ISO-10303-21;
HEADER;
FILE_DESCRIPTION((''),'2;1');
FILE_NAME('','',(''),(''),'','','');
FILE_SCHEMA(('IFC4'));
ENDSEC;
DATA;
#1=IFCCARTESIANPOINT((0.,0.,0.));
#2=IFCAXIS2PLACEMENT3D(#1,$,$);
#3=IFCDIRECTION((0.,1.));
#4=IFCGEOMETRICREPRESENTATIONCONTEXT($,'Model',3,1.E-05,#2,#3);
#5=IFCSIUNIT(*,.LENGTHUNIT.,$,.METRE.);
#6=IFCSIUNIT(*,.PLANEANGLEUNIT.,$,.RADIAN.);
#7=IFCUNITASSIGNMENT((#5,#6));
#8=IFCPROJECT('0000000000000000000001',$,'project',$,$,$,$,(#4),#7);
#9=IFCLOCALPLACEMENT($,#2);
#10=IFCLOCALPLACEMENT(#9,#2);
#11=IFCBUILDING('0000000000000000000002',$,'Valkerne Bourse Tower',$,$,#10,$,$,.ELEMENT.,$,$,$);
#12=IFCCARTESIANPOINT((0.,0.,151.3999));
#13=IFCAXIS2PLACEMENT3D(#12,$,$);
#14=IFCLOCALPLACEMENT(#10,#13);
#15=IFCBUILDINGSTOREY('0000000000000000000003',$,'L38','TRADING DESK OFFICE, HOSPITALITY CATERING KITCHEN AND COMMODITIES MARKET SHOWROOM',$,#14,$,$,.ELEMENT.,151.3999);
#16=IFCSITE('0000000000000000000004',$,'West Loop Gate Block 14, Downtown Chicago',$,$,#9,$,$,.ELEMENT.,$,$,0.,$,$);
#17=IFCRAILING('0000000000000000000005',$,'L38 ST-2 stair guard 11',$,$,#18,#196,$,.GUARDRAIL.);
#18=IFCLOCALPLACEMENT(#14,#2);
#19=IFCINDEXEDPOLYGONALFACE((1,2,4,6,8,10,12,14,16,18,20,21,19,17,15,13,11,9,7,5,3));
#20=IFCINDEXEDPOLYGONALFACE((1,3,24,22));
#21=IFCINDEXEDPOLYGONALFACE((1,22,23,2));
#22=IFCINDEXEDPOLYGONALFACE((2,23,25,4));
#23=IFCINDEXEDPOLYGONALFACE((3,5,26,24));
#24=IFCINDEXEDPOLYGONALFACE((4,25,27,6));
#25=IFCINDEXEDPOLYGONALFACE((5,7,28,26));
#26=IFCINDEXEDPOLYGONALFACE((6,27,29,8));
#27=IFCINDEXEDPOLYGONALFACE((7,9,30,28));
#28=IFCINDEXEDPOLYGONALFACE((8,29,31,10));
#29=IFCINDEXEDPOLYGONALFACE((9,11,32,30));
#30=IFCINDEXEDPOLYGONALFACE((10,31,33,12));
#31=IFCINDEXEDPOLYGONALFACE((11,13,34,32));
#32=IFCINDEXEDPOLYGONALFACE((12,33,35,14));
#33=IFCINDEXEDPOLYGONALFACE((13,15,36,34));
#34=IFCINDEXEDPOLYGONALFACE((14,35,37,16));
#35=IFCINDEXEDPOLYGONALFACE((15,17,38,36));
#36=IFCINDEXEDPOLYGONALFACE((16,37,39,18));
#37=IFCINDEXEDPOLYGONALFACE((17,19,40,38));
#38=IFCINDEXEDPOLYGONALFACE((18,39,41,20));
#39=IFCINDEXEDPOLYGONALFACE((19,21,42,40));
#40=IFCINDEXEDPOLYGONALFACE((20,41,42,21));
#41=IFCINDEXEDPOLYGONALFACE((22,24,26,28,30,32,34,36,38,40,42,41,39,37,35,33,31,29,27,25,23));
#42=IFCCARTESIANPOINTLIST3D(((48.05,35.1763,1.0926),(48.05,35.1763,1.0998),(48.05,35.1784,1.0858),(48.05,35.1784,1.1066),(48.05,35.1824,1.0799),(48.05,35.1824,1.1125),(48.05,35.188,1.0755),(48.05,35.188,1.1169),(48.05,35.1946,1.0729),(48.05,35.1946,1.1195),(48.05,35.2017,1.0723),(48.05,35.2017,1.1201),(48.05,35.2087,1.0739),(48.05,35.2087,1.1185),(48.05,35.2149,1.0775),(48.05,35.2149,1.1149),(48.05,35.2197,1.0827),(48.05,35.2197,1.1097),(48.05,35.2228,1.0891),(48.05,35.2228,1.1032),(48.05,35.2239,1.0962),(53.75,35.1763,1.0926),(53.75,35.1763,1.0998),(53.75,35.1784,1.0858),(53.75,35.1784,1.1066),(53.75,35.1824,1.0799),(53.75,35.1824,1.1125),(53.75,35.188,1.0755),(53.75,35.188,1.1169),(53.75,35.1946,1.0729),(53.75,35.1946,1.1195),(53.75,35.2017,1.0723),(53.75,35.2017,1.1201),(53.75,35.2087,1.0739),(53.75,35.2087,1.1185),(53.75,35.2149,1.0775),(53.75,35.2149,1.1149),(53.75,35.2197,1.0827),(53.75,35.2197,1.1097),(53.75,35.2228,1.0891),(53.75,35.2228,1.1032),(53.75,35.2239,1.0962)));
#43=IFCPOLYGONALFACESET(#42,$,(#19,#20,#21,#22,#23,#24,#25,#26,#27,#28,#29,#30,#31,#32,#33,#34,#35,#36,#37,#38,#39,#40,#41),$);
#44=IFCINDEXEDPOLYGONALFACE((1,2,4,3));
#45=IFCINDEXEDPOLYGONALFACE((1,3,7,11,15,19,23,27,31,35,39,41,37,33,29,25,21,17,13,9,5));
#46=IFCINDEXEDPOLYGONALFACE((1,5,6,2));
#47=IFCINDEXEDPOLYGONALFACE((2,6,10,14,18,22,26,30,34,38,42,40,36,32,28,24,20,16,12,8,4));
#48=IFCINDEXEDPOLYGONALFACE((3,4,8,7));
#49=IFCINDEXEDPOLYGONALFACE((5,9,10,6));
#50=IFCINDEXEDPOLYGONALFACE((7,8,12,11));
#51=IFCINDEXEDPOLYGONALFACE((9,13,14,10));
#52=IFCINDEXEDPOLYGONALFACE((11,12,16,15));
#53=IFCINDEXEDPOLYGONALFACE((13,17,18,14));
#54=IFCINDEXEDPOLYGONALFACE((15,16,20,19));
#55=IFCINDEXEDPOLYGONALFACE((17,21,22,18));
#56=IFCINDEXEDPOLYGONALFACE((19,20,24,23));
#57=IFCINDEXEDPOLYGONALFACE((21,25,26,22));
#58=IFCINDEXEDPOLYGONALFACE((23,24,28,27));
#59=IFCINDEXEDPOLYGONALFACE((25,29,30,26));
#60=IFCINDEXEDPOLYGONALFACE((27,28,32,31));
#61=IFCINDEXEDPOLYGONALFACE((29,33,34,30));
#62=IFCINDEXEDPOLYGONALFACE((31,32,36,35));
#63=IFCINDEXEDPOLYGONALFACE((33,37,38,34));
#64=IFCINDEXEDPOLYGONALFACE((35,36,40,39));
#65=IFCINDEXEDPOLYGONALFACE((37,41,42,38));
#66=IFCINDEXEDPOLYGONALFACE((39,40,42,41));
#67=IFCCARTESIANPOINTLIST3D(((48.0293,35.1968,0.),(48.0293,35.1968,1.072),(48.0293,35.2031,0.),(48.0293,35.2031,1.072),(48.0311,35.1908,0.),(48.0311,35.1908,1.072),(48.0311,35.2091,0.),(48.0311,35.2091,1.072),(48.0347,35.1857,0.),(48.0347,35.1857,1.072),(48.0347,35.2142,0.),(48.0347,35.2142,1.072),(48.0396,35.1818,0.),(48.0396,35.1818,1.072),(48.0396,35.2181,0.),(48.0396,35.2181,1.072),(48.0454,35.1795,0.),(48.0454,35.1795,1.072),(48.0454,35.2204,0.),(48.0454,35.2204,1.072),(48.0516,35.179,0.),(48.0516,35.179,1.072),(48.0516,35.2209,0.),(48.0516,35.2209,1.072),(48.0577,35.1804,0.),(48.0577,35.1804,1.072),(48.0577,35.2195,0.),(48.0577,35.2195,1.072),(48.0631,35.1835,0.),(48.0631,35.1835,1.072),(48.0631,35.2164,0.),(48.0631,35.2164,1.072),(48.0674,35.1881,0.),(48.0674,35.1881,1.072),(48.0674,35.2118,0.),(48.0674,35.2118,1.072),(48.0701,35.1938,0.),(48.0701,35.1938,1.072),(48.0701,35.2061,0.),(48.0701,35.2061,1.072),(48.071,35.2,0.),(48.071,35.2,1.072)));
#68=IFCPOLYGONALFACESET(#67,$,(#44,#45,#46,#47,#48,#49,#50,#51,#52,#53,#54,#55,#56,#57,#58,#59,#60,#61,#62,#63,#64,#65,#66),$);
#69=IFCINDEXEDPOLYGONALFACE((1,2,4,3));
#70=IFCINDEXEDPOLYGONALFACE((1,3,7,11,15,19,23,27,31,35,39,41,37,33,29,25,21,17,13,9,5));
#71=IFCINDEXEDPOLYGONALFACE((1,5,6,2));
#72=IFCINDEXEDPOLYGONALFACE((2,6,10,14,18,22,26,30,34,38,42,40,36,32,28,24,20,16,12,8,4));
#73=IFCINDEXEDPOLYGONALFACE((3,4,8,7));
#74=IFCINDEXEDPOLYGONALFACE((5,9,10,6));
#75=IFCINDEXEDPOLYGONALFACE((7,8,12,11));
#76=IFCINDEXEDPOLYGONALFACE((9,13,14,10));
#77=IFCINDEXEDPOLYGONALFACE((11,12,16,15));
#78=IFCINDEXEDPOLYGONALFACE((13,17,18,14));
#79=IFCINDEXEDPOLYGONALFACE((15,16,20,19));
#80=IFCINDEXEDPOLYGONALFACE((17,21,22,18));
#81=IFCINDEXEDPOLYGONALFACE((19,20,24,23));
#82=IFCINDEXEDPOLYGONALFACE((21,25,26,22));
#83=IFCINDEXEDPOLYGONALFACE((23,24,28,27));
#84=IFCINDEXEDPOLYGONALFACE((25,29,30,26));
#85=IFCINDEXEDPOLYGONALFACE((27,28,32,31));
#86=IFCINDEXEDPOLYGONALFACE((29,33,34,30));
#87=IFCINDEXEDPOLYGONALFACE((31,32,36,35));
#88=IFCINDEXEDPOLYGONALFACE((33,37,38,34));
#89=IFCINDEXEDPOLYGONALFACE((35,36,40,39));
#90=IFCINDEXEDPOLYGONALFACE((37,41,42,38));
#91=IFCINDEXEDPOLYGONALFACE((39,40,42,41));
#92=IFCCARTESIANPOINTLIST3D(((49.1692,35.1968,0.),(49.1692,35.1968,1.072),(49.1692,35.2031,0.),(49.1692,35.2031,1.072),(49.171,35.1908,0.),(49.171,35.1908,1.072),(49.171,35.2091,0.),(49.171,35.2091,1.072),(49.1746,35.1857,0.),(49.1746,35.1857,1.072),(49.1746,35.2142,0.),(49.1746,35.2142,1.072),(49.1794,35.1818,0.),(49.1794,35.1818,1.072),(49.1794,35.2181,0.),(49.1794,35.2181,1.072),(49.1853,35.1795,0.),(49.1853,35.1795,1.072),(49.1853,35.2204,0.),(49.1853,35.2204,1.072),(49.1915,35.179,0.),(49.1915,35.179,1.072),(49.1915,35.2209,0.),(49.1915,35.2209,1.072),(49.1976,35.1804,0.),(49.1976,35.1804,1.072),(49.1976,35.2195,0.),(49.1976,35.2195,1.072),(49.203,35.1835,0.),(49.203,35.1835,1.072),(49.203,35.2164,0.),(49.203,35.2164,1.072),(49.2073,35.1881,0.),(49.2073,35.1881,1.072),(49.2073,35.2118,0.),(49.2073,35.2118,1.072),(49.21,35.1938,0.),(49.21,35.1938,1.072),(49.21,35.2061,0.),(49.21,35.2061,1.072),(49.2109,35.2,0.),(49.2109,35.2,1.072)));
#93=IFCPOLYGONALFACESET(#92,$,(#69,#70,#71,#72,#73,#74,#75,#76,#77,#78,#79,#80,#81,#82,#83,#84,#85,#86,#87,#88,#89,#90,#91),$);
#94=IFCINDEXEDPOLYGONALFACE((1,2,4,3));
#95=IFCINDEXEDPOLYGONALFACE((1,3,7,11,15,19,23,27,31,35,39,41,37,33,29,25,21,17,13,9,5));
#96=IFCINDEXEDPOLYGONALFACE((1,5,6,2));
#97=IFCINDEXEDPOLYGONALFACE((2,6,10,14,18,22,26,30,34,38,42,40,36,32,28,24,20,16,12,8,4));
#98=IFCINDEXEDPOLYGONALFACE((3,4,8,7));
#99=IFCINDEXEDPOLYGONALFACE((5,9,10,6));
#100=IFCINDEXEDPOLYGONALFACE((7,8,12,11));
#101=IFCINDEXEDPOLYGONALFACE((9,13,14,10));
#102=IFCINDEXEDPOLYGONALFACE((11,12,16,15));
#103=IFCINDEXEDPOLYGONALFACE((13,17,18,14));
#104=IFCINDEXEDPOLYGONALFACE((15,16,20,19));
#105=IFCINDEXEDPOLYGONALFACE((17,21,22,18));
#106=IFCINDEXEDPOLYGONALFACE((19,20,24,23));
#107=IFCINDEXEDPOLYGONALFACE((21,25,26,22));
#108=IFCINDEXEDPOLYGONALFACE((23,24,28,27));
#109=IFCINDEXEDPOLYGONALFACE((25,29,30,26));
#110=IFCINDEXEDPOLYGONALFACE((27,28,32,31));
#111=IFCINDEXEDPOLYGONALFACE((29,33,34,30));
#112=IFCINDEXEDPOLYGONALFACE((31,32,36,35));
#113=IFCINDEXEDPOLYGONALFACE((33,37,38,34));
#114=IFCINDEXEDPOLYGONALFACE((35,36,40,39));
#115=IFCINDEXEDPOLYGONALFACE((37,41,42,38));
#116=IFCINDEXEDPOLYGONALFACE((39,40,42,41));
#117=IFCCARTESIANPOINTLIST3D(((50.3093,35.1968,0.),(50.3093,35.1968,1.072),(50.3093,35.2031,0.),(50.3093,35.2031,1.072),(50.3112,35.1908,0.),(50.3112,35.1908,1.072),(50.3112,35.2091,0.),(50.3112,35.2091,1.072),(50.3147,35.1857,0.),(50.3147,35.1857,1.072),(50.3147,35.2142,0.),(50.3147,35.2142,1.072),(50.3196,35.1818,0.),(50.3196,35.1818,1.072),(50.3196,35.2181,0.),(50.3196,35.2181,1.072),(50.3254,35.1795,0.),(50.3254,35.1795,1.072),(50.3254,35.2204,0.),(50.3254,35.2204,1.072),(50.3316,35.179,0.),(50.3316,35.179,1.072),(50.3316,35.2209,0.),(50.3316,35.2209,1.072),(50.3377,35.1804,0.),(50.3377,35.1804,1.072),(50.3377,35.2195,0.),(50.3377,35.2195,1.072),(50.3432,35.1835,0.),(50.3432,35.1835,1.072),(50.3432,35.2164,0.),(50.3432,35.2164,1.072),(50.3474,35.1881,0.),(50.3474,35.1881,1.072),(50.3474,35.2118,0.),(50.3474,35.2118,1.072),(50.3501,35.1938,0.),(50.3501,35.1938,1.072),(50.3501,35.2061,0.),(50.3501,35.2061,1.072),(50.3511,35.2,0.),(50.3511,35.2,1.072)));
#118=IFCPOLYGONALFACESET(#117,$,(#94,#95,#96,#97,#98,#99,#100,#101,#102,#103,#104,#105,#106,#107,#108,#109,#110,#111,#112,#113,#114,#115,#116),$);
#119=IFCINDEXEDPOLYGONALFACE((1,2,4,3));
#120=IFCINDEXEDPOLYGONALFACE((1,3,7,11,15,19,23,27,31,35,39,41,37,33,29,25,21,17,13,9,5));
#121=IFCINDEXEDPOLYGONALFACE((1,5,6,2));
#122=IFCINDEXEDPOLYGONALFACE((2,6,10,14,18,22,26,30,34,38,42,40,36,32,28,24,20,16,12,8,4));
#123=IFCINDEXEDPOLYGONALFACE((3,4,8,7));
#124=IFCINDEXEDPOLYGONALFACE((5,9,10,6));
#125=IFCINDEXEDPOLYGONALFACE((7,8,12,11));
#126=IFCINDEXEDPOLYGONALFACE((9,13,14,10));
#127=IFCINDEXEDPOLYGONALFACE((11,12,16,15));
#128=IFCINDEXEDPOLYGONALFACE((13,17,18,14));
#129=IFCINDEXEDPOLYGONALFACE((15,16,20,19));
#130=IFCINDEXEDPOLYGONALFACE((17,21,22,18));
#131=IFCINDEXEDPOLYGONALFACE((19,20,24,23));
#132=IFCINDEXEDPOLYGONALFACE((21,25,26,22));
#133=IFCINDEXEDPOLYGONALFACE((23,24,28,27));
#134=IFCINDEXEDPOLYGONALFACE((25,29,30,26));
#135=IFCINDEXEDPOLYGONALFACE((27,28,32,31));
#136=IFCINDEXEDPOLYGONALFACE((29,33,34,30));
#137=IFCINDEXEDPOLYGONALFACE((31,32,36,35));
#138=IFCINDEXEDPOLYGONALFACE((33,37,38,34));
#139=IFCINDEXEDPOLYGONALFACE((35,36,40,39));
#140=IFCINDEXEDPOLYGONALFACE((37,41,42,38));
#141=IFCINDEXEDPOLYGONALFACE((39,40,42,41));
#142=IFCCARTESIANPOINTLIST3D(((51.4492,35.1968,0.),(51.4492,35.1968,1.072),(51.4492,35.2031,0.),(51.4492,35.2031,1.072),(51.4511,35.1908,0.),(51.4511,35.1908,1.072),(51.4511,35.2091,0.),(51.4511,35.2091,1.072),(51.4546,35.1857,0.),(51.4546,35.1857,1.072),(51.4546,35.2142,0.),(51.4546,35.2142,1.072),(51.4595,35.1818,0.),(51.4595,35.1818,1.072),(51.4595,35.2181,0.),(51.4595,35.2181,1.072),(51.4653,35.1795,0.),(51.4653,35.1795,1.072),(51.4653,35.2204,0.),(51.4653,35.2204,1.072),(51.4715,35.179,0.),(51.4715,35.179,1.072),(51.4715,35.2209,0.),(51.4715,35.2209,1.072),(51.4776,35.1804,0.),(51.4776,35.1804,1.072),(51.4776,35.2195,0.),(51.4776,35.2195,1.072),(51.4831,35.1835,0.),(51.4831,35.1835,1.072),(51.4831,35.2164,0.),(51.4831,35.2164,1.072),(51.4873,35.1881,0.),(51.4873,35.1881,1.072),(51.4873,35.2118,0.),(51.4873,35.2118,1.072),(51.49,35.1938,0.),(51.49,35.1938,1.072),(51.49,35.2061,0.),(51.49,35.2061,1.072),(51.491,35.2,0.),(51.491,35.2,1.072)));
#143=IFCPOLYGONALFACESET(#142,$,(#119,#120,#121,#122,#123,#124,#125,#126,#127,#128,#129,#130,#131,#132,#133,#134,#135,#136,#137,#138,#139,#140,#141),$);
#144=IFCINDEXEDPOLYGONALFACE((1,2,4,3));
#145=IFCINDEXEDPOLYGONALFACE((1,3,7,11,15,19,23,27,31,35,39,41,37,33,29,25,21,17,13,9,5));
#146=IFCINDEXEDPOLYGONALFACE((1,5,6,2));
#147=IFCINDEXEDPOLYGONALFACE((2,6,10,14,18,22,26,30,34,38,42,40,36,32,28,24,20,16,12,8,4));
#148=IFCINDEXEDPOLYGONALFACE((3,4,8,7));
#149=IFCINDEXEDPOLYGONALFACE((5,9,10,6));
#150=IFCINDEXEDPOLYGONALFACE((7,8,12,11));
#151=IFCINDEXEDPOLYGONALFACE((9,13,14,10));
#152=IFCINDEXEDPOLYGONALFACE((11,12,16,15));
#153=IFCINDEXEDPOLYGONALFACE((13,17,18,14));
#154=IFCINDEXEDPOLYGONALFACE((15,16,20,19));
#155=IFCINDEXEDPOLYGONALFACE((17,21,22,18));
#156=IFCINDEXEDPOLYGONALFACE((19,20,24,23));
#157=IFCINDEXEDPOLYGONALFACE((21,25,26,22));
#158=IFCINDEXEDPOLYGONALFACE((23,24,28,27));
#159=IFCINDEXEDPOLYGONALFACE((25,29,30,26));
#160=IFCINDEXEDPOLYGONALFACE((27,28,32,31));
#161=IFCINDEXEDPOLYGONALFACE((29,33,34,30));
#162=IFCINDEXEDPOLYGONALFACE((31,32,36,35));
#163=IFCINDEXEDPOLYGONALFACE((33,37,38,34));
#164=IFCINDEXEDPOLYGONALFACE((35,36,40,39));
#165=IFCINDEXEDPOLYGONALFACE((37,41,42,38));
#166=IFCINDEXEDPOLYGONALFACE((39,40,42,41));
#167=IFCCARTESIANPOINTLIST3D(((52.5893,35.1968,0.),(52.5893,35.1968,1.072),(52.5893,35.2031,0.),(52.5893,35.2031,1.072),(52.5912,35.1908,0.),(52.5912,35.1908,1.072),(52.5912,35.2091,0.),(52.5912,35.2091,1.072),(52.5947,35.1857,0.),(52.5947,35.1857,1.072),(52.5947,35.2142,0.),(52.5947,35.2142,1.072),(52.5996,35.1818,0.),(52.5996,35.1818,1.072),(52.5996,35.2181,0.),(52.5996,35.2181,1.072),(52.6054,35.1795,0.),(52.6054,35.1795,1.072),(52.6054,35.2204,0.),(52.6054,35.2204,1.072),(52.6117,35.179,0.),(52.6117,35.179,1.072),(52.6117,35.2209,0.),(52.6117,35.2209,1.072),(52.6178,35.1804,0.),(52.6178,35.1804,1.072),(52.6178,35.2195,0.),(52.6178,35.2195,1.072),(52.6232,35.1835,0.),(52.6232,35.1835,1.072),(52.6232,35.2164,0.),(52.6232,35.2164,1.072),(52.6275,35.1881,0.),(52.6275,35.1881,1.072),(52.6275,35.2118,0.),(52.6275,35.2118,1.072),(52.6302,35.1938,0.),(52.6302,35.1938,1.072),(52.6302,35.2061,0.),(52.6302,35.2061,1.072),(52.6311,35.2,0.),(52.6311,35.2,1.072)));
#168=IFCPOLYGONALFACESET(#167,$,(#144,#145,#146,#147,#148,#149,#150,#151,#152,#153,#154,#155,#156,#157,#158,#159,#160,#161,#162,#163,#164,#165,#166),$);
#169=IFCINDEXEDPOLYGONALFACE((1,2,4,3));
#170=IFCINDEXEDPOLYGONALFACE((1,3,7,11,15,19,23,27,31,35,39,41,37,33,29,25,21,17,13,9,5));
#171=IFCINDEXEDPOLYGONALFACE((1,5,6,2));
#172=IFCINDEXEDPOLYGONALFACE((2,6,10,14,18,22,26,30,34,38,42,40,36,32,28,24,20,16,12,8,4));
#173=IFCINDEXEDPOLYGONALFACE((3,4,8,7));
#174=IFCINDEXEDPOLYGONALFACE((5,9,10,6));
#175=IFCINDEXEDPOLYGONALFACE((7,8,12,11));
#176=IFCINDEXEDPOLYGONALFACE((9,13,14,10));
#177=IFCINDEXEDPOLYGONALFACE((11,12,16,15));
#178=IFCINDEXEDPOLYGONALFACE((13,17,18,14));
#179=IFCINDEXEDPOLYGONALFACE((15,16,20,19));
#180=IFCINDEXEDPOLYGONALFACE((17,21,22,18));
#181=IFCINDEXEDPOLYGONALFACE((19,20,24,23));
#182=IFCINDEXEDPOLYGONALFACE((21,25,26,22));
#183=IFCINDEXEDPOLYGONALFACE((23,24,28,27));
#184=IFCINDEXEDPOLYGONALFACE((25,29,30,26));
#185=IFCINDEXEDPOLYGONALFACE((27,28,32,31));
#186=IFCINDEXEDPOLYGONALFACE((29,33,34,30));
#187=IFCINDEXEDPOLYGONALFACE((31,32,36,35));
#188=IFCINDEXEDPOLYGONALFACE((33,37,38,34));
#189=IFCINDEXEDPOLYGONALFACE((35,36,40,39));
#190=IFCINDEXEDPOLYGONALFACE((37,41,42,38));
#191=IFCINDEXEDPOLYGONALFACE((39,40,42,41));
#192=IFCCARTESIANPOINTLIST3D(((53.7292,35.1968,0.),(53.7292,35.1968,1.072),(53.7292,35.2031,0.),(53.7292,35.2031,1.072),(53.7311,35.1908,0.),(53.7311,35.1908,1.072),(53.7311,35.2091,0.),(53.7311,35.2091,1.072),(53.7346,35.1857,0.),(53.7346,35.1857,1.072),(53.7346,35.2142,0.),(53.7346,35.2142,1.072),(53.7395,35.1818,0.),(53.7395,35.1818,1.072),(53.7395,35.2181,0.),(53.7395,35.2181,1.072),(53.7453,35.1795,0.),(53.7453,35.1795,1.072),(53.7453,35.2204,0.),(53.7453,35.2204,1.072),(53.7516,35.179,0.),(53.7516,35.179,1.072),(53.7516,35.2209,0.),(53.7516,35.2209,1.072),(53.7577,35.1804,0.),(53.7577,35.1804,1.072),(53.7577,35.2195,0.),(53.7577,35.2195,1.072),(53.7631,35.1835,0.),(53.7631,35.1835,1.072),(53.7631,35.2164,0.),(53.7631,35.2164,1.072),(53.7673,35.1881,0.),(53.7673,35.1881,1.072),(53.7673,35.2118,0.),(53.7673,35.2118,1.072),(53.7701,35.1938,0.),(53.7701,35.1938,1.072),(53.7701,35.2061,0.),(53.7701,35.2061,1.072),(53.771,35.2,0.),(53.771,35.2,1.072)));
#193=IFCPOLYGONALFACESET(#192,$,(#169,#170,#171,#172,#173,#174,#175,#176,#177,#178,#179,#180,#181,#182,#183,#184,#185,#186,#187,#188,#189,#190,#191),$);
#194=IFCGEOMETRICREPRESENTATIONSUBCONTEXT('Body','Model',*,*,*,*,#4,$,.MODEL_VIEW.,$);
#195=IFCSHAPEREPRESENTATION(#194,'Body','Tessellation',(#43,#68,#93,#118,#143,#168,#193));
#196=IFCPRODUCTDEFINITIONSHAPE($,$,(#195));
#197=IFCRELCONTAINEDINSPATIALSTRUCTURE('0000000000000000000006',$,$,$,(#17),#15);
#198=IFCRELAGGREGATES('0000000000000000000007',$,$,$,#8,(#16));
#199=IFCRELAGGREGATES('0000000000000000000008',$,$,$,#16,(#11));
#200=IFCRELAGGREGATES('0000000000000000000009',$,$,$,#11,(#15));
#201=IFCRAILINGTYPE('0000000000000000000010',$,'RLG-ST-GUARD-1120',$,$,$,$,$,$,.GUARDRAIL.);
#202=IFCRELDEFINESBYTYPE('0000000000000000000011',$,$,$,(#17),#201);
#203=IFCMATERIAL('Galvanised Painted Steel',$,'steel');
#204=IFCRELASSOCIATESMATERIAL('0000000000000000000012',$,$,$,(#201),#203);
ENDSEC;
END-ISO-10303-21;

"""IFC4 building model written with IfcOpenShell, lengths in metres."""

from ifc_helpers import new_model, si_unit, direction, frame, origin, origin_2d, place, context, subcontext, project, spatial, circle, extrude, material, type_object, element, save


model = new_model("IFC4")

# Units and contexts
model_context = context("Model", 3, precision=1e-05, world=origin(), true_north=direction((0.0, 1.0)))
body_context = subcontext(model_context, "Body", "Model", "MODEL_VIEW")
ifc_project = project(units=[si_unit("LENGTHUNIT", "METRE"), si_unit("PLANEANGLEUNIT", "RADIAN")], contexts=[model_context])

# Site, building, storey
site_placement = place(None, origin())
site = spatial("IfcSite", under=ifc_project, at=site_placement, Name="West Loop Gate Block 14, Downtown Chicago", CompositionType="ELEMENT", RefElevation=0.0)
building_placement = place(site_placement, origin())
building = spatial("IfcBuilding", under=site, at=building_placement, Name="Valkerne Bourse Tower", CompositionType="ELEMENT")
storey_placement = place(building_placement, frame((0.0, 0.0, 151.3999)))
storey = spatial("IfcBuildingStorey", under=building, at=storey_placement, Name="L38", Description="TRADING DESK OFFICE, HOSPITALITY CATERING KITCHEN AND COMMODITIES MARKET SHOWROOM", CompositionType="ELEMENT", Elevation=151.3999)

# Shared definitions
ifc_material_1 = material(Name="Galvanised Painted Steel", Category="steel")

# Railing
railing_type_1 = type_object("IfcRailingType", Name="RLG-ST-GUARD-1120", PredefinedType="GUARDRAIL", material=ifc_material_1)
for number, where, name in (
    (1, (48.05, 35.2, 0.0), "L38 ST-2 stair guard 11"),
):
    element("IfcRailing", number, at=place(storey_placement, frame(where)), inside=storey, type_object=railing_type_1, Name=name, PredefinedType="GUARDRAIL", context=body_context, shape_type="SweptSolid", body=[
        extrude(circle(Radius=0.0239, at=origin_2d()), frame((0.0, 0.0, 1.0962), z_axis=(1.0, 0.0, 0.0), x_axis=(0.0, 1.0, 0.0)), (0.0, 0.0, 1.0), 5.7),
        extrude(circle(Radius=0.021, at=origin_2d()), origin(), (0.0, 0.0, 1.0), 1.072),
        extrude(circle(Radius=0.021, at=origin_2d()), frame((1.1399, 0.0, 0.0)), (0.0, 0.0, 1.0), 1.072),
        extrude(circle(Radius=0.021, at=origin_2d()), frame((2.28, 0.0, 0.0)), (0.0, 0.0, 1.0), 1.072),
        extrude(circle(Radius=0.021, at=origin_2d()), frame((3.4199, 0.0, 0.0)), (0.0, 0.0, 1.0), 1.072),
        extrude(circle(Radius=0.021, at=origin_2d()), frame((4.5601, 0.0, 0.0)), (0.0, 0.0, 1.0), 1.072),
        extrude(circle(Radius=0.021, at=origin_2d()), frame((5.7, 0.0, 0.0)), (0.0, 0.0, 1.0), 1.072),
    ])

save(model, "model.ifc")
